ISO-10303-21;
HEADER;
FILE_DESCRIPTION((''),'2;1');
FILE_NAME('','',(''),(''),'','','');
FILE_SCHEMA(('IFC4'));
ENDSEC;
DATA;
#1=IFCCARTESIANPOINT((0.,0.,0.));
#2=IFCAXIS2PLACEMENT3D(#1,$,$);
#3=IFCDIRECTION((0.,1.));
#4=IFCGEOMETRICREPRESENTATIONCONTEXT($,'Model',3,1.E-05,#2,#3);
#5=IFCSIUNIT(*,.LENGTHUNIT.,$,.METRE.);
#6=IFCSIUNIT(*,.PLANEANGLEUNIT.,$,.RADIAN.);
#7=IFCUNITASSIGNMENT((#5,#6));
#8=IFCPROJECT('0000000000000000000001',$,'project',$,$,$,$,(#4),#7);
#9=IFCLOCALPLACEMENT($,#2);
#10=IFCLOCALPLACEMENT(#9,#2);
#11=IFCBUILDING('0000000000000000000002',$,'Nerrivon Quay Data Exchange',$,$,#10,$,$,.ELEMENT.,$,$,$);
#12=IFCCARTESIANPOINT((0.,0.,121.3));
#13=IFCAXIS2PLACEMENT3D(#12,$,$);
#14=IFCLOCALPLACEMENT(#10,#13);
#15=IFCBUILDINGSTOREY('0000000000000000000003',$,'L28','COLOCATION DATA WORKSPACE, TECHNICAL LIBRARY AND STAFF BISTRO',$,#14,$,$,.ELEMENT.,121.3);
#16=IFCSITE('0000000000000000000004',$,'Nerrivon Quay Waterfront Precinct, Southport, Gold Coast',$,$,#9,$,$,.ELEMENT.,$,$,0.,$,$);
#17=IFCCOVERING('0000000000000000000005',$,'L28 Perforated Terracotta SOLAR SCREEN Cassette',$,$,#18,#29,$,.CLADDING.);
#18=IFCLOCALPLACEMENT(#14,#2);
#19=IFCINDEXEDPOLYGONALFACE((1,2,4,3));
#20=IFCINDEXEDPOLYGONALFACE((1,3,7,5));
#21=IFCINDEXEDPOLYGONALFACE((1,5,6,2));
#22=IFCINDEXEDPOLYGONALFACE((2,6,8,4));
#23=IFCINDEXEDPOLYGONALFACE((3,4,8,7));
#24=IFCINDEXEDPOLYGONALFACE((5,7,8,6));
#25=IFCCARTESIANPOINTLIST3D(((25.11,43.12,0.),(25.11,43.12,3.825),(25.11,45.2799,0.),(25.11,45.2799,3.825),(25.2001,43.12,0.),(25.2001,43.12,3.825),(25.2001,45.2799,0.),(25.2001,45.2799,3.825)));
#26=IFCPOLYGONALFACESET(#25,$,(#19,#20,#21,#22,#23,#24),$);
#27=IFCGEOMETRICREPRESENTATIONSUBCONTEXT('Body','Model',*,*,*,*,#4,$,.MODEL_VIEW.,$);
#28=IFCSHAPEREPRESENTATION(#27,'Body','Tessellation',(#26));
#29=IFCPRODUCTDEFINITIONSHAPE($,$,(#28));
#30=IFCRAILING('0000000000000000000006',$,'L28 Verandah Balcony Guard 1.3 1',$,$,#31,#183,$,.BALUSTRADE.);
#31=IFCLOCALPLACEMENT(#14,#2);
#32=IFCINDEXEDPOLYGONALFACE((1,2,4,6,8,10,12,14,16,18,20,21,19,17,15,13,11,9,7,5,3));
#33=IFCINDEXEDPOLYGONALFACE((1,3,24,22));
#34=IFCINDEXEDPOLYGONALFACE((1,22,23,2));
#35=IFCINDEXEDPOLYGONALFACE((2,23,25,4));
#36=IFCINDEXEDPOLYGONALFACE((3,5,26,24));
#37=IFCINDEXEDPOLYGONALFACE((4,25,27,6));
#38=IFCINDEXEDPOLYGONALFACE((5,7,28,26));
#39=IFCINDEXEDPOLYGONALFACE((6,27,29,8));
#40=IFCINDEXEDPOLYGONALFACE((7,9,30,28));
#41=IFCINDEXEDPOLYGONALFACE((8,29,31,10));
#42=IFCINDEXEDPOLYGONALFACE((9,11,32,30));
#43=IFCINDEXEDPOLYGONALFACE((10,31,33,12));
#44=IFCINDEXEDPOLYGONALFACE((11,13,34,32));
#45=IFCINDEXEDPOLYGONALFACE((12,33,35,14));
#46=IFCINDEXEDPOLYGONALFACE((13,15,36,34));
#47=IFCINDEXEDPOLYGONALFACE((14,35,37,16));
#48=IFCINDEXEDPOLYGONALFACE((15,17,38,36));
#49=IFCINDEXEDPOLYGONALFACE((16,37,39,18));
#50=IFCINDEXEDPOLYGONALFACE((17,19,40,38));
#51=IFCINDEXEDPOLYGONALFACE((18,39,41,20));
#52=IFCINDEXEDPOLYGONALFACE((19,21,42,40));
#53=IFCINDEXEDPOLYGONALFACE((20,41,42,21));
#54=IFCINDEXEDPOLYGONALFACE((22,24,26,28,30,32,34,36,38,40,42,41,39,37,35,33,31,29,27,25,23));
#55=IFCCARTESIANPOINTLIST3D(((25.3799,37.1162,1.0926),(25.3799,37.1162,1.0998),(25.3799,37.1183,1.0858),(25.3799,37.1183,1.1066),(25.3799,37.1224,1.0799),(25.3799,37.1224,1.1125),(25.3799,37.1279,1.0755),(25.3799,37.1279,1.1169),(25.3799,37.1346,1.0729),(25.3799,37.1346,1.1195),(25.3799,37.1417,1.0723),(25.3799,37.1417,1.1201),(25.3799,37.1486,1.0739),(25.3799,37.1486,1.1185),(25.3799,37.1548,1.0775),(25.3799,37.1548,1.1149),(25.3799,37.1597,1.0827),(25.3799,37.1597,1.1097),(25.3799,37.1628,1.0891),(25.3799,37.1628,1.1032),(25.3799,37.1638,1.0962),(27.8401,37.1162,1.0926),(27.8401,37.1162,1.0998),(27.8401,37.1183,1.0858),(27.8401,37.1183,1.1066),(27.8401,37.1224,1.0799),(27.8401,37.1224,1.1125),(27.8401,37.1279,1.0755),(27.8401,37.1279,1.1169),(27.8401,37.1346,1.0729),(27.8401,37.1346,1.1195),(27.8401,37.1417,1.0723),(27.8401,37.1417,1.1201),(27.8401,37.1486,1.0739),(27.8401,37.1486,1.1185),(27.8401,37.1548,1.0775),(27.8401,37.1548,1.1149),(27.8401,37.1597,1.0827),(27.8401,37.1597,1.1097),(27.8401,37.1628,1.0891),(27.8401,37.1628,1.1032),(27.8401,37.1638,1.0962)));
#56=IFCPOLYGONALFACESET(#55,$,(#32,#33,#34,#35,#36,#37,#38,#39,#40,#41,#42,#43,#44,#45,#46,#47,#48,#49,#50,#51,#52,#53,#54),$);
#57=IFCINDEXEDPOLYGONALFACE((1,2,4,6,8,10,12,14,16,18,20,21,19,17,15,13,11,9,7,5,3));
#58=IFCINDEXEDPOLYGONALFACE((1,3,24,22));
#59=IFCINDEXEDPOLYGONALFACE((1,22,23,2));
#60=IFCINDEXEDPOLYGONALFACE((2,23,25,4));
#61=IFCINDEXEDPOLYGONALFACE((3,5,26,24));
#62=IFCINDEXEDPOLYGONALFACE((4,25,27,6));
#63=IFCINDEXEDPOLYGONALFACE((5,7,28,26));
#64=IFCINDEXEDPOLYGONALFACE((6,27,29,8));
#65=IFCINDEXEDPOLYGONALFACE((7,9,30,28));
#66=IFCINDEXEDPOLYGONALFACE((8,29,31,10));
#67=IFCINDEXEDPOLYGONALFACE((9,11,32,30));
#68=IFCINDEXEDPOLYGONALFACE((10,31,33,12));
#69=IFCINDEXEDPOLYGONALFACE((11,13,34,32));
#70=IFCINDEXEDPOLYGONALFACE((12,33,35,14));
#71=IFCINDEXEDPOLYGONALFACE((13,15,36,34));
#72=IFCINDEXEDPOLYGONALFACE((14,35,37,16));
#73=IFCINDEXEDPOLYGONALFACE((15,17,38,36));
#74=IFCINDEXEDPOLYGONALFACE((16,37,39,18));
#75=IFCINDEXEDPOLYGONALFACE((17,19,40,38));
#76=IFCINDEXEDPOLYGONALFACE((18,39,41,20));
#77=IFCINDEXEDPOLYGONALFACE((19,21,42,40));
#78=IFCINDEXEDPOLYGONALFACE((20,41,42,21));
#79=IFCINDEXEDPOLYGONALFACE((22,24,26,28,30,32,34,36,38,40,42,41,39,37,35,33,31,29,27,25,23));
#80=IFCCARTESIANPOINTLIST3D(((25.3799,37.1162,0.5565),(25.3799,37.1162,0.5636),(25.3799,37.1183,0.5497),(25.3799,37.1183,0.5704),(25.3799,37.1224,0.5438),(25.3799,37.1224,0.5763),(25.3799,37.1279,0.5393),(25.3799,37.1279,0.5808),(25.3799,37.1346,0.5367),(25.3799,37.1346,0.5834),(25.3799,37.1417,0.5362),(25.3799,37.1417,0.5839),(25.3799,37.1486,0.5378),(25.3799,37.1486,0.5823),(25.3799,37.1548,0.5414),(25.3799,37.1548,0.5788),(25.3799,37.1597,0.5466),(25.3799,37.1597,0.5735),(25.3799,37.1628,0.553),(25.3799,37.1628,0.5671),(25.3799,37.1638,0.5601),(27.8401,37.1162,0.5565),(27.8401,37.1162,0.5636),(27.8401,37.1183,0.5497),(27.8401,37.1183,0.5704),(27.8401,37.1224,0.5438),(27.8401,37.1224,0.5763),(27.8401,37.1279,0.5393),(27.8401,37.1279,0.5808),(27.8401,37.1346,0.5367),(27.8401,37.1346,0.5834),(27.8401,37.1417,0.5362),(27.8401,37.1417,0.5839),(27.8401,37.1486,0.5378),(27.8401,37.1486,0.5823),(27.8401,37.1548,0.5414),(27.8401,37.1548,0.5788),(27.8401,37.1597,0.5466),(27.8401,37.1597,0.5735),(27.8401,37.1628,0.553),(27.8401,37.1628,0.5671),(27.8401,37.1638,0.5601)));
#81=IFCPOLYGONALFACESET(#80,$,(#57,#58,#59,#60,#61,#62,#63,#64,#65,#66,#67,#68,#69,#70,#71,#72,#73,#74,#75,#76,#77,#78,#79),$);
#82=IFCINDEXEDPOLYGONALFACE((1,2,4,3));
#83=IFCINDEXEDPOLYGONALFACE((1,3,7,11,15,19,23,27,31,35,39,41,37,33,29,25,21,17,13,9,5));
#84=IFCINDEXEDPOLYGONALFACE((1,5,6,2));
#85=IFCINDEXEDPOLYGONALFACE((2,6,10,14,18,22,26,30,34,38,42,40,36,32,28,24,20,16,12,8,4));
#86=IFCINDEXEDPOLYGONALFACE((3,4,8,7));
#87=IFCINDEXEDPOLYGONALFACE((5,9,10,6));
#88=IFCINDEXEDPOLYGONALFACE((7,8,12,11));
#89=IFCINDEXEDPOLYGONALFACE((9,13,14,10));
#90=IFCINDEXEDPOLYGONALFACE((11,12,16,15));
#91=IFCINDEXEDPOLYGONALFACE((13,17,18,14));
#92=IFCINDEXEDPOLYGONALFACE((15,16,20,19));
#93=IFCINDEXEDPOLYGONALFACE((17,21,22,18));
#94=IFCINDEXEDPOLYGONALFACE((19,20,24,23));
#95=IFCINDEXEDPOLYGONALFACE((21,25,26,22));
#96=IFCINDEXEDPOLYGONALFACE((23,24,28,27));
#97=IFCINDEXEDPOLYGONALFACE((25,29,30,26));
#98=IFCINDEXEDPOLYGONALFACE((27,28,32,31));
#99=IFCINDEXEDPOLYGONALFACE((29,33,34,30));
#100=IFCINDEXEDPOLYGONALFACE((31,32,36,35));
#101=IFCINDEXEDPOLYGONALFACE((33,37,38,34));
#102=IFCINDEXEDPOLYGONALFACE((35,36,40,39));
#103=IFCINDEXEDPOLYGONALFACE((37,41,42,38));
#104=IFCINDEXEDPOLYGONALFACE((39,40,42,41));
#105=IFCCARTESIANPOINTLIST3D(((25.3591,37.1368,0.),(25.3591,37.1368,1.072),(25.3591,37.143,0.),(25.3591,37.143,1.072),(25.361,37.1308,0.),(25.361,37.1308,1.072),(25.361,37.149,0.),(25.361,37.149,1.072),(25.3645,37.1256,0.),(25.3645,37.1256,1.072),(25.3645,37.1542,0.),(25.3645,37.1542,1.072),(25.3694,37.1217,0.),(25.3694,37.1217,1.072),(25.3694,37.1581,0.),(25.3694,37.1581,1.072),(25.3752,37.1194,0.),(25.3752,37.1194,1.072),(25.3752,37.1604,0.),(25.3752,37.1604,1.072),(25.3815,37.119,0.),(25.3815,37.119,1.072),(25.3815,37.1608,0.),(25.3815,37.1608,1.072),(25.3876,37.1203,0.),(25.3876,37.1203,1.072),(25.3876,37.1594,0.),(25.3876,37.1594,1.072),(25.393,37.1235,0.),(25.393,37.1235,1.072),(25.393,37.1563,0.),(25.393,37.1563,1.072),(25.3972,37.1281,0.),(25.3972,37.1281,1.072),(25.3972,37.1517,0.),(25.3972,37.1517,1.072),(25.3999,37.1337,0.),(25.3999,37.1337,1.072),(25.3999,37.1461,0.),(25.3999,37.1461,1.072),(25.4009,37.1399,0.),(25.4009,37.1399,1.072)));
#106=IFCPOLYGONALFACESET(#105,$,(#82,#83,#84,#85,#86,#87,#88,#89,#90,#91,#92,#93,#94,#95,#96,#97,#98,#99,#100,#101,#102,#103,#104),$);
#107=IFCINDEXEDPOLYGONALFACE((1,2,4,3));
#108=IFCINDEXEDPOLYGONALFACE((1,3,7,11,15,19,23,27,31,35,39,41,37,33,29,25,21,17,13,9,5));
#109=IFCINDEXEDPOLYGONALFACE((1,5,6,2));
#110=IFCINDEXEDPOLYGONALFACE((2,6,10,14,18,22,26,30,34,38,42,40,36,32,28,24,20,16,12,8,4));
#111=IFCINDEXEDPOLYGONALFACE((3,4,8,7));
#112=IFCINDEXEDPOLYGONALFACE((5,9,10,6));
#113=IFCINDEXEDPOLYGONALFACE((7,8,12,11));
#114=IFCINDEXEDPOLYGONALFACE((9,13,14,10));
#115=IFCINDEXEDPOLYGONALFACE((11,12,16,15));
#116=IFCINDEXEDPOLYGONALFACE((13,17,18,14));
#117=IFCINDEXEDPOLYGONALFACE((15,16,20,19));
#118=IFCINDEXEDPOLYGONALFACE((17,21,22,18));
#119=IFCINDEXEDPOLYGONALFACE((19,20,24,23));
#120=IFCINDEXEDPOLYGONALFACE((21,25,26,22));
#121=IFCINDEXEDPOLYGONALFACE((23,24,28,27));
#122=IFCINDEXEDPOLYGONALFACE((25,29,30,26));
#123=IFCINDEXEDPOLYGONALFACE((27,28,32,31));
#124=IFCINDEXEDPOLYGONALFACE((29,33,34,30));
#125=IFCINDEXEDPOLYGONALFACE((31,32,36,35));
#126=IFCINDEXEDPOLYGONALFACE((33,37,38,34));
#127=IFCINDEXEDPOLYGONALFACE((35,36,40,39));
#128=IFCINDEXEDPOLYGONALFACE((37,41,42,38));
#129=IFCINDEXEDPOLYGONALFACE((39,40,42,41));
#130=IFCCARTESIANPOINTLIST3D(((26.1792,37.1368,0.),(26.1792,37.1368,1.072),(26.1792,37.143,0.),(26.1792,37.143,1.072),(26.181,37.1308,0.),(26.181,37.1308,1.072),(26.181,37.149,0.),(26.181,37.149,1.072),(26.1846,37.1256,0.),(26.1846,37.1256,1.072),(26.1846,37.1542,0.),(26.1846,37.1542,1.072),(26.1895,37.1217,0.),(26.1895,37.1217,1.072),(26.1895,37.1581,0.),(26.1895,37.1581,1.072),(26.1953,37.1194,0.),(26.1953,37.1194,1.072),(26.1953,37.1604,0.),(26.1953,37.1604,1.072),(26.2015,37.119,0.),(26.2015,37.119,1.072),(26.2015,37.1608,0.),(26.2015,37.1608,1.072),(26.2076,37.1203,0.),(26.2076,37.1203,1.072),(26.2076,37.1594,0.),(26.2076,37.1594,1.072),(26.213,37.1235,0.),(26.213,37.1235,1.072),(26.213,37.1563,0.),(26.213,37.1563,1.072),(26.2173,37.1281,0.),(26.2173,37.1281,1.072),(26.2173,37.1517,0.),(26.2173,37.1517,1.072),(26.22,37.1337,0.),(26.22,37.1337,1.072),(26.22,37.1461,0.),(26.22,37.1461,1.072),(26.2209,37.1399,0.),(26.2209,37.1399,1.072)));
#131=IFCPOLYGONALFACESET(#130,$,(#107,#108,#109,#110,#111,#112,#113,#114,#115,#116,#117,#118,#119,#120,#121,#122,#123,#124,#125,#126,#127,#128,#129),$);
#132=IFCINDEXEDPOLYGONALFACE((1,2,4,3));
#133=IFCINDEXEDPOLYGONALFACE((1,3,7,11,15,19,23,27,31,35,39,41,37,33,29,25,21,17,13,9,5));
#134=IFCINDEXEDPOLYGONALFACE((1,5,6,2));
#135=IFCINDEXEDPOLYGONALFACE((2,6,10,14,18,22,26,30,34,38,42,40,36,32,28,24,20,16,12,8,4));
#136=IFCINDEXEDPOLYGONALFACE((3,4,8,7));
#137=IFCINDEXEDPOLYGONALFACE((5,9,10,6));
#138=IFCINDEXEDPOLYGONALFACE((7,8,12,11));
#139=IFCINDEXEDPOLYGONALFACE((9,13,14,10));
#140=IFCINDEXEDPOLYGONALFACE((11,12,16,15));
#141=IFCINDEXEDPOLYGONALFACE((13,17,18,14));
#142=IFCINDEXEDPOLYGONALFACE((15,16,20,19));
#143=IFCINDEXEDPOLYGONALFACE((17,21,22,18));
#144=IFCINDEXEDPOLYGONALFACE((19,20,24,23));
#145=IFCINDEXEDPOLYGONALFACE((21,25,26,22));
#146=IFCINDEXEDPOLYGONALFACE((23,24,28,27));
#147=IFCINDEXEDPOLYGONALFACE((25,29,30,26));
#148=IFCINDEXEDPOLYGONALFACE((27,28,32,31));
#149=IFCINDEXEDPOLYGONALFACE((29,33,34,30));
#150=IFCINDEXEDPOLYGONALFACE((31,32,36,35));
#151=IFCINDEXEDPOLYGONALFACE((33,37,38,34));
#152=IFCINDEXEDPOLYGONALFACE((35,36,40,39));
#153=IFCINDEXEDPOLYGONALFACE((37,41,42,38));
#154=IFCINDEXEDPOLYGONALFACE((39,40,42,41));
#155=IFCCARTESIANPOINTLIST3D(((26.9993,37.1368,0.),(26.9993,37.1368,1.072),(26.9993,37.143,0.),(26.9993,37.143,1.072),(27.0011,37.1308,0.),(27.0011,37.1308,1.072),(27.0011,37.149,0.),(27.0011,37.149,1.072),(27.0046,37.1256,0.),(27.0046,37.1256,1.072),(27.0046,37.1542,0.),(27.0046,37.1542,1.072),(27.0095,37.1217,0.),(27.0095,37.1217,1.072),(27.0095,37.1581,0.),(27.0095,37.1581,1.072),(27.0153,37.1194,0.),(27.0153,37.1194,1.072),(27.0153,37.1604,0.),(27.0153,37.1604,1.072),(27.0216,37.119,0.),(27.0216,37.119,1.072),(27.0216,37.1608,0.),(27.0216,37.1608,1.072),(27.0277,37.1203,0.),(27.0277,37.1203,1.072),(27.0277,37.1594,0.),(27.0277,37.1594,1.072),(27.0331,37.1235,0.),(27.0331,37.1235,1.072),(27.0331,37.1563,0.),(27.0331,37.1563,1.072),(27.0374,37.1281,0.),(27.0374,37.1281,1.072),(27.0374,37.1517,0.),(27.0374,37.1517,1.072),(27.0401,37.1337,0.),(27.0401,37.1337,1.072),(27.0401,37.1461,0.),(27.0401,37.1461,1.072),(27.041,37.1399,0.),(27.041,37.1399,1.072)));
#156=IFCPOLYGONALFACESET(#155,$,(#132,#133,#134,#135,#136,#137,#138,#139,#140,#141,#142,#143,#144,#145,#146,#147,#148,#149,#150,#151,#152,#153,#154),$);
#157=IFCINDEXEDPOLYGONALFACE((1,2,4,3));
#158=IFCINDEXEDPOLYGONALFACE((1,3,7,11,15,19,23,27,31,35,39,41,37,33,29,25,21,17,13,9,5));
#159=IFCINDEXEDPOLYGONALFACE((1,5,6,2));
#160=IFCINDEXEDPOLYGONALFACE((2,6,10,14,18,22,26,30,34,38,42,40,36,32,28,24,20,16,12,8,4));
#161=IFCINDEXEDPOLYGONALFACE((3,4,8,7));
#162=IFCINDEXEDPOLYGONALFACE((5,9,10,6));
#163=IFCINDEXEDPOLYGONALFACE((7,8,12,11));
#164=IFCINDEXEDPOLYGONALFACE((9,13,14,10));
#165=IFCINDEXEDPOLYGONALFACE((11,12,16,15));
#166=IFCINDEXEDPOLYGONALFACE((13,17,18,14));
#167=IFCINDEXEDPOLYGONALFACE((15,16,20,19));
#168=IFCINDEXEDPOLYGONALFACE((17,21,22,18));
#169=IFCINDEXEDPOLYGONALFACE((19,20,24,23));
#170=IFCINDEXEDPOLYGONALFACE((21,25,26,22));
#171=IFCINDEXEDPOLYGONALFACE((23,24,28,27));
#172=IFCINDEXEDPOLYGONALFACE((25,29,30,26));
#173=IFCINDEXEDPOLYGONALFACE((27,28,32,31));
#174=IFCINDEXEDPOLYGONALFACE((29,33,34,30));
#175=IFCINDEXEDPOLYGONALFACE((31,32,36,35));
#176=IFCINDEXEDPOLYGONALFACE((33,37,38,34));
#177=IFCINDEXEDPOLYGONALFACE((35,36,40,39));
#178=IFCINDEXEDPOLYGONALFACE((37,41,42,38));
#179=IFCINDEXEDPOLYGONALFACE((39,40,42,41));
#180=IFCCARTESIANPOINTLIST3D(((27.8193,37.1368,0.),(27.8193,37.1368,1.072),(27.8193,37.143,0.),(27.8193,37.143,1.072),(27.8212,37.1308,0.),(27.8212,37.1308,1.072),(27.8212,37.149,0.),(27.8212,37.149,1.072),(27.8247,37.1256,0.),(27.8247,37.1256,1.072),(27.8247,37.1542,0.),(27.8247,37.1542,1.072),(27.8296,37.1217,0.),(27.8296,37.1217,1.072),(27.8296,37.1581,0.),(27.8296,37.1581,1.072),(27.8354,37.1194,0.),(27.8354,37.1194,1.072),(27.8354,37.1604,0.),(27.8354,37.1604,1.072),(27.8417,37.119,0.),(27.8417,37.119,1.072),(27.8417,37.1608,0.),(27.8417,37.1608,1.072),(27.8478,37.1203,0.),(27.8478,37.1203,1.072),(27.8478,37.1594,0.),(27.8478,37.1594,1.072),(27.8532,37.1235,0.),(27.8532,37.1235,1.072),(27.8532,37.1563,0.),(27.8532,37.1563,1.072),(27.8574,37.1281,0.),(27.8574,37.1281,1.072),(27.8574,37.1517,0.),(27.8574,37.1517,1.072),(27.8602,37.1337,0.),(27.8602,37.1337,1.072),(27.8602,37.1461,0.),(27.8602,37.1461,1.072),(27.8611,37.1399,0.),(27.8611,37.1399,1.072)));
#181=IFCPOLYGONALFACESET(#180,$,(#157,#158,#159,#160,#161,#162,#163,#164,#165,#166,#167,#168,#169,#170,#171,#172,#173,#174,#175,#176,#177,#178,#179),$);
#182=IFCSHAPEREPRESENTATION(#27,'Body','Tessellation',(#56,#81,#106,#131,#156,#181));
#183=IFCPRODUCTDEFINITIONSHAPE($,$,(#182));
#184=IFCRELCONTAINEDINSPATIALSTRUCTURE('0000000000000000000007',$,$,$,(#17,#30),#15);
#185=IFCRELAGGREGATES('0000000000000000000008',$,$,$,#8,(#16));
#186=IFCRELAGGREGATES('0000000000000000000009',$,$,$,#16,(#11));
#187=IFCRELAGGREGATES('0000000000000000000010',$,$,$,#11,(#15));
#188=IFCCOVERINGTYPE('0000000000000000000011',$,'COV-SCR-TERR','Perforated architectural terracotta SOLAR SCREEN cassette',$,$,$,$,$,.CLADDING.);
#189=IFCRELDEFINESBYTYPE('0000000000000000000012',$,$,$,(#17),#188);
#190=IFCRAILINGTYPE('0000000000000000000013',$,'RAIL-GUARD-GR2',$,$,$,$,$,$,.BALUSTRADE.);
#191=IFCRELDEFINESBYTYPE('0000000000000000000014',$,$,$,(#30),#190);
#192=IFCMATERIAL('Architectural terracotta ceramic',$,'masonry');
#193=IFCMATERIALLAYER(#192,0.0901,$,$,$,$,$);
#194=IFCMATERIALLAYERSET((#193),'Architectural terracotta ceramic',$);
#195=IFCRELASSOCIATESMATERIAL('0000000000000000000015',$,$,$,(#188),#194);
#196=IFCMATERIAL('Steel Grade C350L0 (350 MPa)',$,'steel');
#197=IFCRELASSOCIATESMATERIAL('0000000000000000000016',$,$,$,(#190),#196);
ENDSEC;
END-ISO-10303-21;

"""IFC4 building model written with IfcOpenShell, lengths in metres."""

from ifc_helpers import new_model, si_unit, direction, frame, origin, origin_2d, place, context, subcontext, project, spatial, rectangle, circle, extrude, material, layer, layer_set, type_object, element, save


model = new_model("IFC4")

# Units and contexts
model_context = context("Model", 3, precision=1e-05, world=origin(), true_north=direction((0.0, 1.0)))
body_context = subcontext(model_context, "Body", "Model", "MODEL_VIEW")
ifc_project = project(units=[si_unit("LENGTHUNIT", "METRE"), si_unit("PLANEANGLEUNIT", "RADIAN")], contexts=[model_context])

# Site, building, storey
site_placement = place(None, origin())
site = spatial("IfcSite", under=ifc_project, at=site_placement, Name="Nerrivon Quay Waterfront Precinct, Southport, Gold Coast", CompositionType="ELEMENT", RefElevation=0.0)
building_placement = place(site_placement, origin())
building = spatial("IfcBuilding", under=site, at=building_placement, Name="Nerrivon Quay Data Exchange", CompositionType="ELEMENT")
storey_placement = place(building_placement, frame((0.0, 0.0, 121.3)))
storey = spatial("IfcBuildingStorey", under=building, at=storey_placement, Name="L28", Description="COLOCATION DATA WORKSPACE, TECHNICAL LIBRARY AND STAFF BISTRO", CompositionType="ELEMENT", Elevation=121.3)

# Covering
ifc_material_1 = material(Name="Architectural terracotta ceramic", Category="masonry")
ifc_layer_1 = layer(ifc_material_1, 0.0901)
ifc_layer_set_1 = layer_set([ifc_layer_1], Name="Architectural terracotta ceramic")
covering_type = type_object("IfcCoveringType", Name="COV-SCR-TERR", Description="Perforated architectural terracotta SOLAR SCREEN cassette", PredefinedType="CLADDING", material=ifc_layer_set_1)
covering_placement = place(storey_placement, frame((25.155, 44.2, 0.0), z_axis=(0.0, 0.0, 1.0), x_axis=(0.0, -1.0, 0.0)))
element("IfcCovering", 1, at=covering_placement, inside=storey, type_object=covering_type, Name="L28 Perforated Terracotta SOLAR SCREEN Cassette", PredefinedType="CLADDING", context=body_context, shape_type="SweptSolid", body=[
    extrude(rectangle(XDim=2.1599, YDim=0.0901, at=origin_2d()), origin(), (0.0, 0.0, 1.0), 3.825),
])

# Railing
ifc_material_2 = material(Name="Steel Grade C350L0 (350 MPa)", Category="steel")
railing_type = type_object("IfcRailingType", Name="RAIL-GUARD-GR2", PredefinedType="BALUSTRADE", material=ifc_material_2)
railing_1_placement = place(storey_placement, frame((25.3799, 37.1399, 0.0)))
element("IfcRailing", 2, at=railing_1_placement, inside=storey, type_object=railing_type, Name="L28 Verandah Balcony Guard 1.3 1", PredefinedType="BALUSTRADE", context=body_context, shape_type="SweptSolid", body=[
    extrude(circle(Radius=0.0239, at=origin_2d()), frame((0.0, 0.0, 1.0962), z_axis=(1.0, 0.0, 0.0), x_axis=(0.0, 1.0, 0.0)), (0.0, 0.0, 1.0), 2.4602),
    extrude(circle(Radius=0.0239, at=origin_2d()), frame((0.0, 0.0, 0.5601), z_axis=(1.0, 0.0, 0.0), x_axis=(0.0, 1.0, 0.0)), (0.0, 0.0, 1.0), 2.4602),
    extrude(circle(Radius=0.021, at=origin_2d()), origin(), (0.0, 0.0, 1.0), 1.072),
    extrude(circle(Radius=0.021, at=origin_2d()), frame((0.8201, 0.0, 0.0)), (0.0, 0.0, 1.0), 1.072),
    extrude(circle(Radius=0.021, at=origin_2d()), frame((1.6401, 0.0, 0.0)), (0.0, 0.0, 1.0), 1.072),
    extrude(circle(Radius=0.021, at=origin_2d()), frame((2.4602, 0.0, 0.0)), (0.0, 0.0, 1.0), 1.072),
])

save(model, "model.ifc")
